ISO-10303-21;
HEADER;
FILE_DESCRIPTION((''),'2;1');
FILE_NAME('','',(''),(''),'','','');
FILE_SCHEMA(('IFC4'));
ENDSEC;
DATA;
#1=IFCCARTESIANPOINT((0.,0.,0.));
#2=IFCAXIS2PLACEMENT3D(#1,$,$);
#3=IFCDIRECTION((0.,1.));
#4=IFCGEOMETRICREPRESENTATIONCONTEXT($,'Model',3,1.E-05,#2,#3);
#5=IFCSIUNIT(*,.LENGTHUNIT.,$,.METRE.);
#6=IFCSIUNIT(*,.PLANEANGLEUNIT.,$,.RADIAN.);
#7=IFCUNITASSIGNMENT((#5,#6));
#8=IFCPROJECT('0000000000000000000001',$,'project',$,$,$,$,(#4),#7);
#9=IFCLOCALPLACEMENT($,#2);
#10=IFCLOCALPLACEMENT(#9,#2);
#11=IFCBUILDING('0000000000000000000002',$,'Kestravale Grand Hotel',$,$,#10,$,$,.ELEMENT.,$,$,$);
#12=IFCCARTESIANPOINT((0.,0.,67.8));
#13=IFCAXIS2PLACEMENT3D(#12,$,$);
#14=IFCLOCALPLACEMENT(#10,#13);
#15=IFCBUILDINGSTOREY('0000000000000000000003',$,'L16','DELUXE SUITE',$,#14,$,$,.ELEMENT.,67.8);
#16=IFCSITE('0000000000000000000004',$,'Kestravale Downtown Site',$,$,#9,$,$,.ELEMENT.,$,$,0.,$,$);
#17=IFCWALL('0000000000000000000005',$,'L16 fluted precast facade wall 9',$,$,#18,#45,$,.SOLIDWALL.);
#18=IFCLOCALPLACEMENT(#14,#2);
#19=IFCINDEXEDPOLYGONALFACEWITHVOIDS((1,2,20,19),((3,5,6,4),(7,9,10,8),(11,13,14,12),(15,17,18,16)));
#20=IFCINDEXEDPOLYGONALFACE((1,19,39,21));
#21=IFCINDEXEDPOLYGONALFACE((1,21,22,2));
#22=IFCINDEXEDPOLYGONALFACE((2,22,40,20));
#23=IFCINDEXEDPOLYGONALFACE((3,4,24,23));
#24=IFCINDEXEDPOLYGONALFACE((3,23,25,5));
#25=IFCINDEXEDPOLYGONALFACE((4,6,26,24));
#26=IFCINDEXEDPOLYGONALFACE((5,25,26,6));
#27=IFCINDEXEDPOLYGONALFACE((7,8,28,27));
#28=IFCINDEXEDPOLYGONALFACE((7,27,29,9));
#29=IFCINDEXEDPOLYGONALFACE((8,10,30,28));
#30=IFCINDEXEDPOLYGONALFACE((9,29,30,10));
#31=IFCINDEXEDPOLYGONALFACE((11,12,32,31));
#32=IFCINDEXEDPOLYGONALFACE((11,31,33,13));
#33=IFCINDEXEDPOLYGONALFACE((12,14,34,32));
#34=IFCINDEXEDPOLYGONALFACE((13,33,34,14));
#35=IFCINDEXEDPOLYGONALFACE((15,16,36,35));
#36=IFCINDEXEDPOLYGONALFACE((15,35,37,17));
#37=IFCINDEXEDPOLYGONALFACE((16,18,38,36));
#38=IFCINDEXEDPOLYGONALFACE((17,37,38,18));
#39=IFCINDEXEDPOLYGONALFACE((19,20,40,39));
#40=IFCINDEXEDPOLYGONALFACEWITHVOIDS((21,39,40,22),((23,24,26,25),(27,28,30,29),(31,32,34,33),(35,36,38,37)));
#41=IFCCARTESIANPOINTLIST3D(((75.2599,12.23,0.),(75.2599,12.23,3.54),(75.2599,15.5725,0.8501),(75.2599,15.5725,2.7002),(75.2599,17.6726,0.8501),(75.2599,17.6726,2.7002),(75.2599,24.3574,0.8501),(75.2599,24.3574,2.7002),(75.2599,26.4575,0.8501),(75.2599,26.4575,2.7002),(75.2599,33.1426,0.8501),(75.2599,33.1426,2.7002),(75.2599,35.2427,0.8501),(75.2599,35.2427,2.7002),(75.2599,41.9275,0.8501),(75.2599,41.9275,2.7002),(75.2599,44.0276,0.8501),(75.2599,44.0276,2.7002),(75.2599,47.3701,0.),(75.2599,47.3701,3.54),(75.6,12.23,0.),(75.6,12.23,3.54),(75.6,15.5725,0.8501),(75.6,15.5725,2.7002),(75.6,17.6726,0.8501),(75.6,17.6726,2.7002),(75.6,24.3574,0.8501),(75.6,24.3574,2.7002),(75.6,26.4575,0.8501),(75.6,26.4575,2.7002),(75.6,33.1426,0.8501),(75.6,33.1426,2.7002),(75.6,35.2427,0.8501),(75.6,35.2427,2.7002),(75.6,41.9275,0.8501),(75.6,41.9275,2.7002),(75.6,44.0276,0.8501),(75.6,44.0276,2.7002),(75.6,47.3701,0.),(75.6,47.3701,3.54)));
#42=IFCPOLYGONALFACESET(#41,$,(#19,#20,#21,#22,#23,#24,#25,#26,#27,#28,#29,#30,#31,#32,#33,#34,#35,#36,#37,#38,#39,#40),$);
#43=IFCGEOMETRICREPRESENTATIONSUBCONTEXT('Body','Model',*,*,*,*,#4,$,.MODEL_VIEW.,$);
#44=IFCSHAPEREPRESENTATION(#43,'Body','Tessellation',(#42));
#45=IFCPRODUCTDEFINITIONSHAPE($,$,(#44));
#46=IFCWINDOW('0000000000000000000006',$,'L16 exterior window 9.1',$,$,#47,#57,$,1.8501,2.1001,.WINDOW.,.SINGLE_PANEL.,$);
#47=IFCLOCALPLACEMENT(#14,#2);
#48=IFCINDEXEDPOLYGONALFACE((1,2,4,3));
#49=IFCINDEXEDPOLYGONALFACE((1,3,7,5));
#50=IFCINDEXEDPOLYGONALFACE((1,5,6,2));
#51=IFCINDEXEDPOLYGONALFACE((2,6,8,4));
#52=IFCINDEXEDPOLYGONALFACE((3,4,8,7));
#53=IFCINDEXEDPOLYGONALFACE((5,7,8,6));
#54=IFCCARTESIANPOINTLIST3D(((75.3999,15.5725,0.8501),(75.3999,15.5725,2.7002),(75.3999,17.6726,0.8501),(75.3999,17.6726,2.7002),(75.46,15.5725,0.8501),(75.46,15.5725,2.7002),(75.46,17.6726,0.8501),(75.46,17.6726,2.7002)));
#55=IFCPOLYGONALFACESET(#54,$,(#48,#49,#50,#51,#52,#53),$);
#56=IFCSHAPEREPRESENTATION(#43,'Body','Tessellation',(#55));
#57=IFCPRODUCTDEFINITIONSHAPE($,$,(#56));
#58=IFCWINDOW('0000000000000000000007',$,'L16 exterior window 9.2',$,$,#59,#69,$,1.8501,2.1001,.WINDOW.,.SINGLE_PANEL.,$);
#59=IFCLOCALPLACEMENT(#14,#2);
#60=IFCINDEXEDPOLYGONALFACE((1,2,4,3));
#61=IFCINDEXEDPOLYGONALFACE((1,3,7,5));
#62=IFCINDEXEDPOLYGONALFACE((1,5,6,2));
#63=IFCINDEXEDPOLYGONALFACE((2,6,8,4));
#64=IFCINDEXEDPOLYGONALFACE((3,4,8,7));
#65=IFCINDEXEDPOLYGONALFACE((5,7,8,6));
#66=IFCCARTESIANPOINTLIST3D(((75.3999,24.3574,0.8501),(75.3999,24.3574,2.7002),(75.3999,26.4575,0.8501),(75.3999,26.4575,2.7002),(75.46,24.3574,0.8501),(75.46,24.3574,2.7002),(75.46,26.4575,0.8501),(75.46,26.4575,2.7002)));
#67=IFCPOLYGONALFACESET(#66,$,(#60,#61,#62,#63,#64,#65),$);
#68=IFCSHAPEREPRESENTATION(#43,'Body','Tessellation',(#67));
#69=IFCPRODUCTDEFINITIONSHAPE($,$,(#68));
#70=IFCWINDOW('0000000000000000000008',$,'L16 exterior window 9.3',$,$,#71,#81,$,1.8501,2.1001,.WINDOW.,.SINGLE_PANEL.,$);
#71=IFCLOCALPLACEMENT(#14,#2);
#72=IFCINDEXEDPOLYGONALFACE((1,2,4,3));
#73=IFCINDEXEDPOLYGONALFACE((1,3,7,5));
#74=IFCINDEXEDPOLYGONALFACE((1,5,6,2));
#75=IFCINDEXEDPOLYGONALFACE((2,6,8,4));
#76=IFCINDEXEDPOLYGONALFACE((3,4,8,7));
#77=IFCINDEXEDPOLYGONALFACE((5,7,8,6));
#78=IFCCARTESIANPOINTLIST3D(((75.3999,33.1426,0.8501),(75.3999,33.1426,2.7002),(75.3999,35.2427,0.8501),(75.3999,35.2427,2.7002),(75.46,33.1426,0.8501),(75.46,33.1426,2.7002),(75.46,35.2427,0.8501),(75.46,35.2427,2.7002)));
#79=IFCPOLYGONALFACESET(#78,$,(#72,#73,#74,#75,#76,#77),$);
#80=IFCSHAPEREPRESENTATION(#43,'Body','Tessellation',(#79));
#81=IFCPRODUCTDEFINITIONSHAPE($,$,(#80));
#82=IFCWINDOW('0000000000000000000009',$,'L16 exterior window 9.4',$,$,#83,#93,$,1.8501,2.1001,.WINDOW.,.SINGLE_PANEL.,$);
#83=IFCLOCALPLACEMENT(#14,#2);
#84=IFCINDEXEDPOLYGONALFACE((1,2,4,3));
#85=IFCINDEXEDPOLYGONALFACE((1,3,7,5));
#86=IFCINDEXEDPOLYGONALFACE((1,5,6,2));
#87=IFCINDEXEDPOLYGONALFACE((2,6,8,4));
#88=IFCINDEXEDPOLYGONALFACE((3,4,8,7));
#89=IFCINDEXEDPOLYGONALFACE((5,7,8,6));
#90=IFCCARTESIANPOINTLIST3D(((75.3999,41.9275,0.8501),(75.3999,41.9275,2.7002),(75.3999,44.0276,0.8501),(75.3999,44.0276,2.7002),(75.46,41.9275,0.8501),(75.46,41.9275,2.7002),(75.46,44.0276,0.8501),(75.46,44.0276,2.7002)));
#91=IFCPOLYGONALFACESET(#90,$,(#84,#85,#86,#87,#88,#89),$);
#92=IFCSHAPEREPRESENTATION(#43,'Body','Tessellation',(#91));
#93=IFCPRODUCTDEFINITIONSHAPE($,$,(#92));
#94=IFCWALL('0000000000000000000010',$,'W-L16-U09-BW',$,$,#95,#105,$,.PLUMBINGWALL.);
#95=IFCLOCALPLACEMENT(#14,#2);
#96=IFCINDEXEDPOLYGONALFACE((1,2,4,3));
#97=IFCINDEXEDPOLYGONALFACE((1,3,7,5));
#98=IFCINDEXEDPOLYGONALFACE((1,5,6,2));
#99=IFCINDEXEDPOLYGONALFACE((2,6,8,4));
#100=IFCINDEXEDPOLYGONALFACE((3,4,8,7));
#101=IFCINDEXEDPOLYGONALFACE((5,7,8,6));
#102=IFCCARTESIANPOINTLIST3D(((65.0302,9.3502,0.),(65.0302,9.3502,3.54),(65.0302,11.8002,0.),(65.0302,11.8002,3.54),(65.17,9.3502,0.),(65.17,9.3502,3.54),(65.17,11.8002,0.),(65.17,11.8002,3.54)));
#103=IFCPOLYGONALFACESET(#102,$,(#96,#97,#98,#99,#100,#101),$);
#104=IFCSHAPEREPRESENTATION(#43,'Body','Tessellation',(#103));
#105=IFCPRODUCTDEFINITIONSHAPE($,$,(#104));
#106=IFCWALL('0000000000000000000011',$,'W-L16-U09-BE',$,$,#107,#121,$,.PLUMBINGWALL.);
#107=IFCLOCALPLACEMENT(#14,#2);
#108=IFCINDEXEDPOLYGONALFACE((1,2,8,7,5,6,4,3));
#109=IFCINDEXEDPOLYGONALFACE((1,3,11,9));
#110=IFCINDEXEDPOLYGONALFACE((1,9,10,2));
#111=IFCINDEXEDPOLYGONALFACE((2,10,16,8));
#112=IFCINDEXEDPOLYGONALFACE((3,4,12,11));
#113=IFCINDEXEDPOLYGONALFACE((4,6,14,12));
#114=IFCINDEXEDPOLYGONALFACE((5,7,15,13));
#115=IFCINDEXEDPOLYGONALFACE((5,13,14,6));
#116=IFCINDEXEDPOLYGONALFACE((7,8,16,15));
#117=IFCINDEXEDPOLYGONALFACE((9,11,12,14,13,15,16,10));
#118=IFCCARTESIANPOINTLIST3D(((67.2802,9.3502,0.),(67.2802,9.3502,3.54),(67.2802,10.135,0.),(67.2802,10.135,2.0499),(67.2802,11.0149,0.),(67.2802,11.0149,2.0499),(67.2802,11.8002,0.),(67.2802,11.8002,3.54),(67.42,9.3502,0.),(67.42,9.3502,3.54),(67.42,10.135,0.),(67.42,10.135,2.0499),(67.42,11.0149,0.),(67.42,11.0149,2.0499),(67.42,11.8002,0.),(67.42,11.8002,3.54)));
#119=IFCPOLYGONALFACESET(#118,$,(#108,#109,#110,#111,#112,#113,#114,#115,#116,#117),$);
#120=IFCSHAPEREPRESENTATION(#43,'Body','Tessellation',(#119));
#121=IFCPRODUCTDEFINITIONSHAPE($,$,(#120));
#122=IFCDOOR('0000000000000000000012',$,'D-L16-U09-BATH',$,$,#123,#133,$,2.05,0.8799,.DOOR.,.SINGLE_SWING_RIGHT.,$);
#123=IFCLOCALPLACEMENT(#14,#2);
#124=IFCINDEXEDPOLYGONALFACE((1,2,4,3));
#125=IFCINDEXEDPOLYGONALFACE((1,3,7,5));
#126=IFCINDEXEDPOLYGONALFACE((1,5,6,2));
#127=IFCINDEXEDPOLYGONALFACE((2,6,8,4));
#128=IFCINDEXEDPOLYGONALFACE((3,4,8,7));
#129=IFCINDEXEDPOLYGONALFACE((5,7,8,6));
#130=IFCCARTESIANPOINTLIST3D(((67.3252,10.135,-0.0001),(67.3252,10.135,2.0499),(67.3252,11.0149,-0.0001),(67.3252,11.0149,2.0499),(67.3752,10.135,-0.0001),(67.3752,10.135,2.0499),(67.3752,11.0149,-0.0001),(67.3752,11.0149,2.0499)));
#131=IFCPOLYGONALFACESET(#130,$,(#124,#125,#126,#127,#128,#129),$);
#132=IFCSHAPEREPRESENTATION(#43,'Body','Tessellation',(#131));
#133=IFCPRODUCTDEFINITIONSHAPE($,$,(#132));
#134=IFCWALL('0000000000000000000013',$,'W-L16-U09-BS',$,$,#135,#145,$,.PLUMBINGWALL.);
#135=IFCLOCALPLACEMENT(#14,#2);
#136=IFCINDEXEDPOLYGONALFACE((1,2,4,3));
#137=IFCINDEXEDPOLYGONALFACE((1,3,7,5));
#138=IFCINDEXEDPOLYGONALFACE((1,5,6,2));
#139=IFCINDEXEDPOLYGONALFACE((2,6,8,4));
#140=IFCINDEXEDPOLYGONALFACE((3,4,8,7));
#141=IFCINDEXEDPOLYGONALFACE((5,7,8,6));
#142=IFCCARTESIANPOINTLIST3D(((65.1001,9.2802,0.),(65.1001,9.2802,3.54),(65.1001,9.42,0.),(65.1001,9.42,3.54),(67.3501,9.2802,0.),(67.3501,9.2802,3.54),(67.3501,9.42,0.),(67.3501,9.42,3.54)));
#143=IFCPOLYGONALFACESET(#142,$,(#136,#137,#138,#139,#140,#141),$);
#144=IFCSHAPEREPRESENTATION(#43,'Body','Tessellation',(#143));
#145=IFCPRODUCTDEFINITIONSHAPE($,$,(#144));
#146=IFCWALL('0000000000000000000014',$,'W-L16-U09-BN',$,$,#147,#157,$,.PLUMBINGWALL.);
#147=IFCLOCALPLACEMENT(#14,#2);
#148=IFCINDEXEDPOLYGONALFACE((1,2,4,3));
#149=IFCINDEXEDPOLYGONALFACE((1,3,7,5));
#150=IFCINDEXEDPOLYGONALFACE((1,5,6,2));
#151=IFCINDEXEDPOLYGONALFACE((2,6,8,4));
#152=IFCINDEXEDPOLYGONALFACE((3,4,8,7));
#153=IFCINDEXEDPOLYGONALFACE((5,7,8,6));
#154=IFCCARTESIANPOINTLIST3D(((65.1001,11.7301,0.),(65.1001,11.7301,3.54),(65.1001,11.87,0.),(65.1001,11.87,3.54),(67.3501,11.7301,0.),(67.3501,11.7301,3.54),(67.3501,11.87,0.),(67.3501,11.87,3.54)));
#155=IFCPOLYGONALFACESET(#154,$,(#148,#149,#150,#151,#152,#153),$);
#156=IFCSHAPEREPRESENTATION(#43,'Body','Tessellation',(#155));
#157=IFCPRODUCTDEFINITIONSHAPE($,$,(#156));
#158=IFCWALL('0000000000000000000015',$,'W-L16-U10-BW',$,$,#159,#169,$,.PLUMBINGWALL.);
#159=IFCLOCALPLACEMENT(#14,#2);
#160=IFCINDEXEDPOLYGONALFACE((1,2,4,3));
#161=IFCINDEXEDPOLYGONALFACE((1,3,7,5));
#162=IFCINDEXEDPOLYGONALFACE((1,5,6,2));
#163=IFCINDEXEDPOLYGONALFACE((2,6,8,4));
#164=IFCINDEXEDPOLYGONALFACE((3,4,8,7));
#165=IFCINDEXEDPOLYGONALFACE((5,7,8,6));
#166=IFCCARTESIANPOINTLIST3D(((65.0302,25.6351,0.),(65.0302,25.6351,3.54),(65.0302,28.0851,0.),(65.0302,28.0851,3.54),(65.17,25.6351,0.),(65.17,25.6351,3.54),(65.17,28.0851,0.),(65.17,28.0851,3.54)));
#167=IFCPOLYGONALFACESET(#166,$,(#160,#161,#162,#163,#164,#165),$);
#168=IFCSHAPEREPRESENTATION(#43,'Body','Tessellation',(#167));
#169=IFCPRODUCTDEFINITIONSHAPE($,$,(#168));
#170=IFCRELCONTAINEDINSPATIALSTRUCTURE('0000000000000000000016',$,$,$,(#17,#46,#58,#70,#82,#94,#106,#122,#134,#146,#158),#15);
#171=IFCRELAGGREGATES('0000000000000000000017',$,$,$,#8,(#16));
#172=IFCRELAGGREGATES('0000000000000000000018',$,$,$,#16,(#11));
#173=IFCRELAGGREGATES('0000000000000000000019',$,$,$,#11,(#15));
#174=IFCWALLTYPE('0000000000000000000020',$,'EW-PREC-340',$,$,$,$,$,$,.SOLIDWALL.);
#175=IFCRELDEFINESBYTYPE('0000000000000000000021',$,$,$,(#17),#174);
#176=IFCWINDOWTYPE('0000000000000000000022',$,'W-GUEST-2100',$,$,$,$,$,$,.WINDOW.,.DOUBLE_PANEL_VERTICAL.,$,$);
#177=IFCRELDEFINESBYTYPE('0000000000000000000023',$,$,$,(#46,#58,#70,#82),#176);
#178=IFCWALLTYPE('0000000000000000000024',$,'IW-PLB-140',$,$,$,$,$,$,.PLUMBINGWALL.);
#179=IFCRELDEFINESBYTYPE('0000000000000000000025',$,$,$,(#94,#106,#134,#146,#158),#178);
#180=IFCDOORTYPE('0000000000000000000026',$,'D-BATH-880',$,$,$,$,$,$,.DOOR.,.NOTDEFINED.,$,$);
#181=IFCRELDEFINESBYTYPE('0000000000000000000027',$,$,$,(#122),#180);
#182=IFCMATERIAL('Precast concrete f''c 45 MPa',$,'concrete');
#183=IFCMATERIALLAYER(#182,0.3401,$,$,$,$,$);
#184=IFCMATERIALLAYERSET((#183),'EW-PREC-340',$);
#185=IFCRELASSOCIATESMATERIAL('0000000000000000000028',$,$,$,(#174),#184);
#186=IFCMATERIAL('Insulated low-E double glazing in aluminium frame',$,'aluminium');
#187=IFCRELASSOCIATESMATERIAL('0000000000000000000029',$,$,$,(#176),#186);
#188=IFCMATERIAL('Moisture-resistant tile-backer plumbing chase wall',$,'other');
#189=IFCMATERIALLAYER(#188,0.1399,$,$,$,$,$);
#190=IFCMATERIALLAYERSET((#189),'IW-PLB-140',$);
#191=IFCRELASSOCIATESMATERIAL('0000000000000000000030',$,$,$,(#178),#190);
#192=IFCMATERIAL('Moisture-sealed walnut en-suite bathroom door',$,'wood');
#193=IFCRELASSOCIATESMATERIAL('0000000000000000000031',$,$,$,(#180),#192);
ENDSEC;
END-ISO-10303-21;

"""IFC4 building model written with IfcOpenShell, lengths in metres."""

from ifc_helpers import new_model, si_unit, direction, frame, frame_2d, origin, place, context, subcontext, project, spatial, rectangle, extrude, material, layer, layer_set, type_object, element, fill, save


model = new_model("IFC4")

# Units and contexts
model_context = context("Model", 3, precision=1e-05, world=origin(), true_north=direction((0.0, 1.0)))
body_context = subcontext(model_context, "Body", "Model", "MODEL_VIEW")
ifc_project = project(units=[si_unit("LENGTHUNIT", "METRE"), si_unit("PLANEANGLEUNIT", "RADIAN")], contexts=[model_context])

# Site, building, storey
site_placement = place(None, origin())
site = spatial("IfcSite", under=ifc_project, at=site_placement, Name="Kestravale Downtown Site", CompositionType="ELEMENT", RefElevation=0.0)
building_placement = place(site_placement, origin())
building = spatial("IfcBuilding", under=site, at=building_placement, Name="Kestravale Grand Hotel", CompositionType="ELEMENT")
storey_placement = place(building_placement, frame((0.0, 0.0, 67.8)))
storey = spatial("IfcBuildingStorey", under=building, at=storey_placement, Name="L16", Description="DELUXE SUITE", CompositionType="ELEMENT", Elevation=67.8)

# Shared definitions
ifc_material_1 = material(Name="Precast concrete f'c 45 MPa", Category="concrete")
ifc_layer_1 = layer(ifc_material_1, 0.3401)
ifc_layer_set_1 = layer_set([ifc_layer_1], Name="EW-PREC-340")
wall_type_1 = type_object("IfcWallType", Name="EW-PREC-340", PredefinedType="SOLIDWALL", material=ifc_layer_set_1)
ifc_material_2 = material(Name="Insulated low-E double glazing in aluminium frame", Category="aluminium")
window_type = type_object("IfcWindowType", Name="W-GUEST-2100", PartitioningType="DOUBLE_PANEL_VERTICAL", PredefinedType="WINDOW", material=ifc_material_2)

# Wall, openings, windows
wall_1_placement = place(storey_placement, frame((75.4299, 12.23, 0.0), z_axis=(0.0, 0.0, 1.0), x_axis=(0.0, 1.0, 0.0)))
wall_1 = element("IfcWall", 1, at=wall_1_placement, inside=storey, type_object=wall_type_1, Name="L16 fluted precast facade wall 9", PredefinedType="SOLIDWALL", context=body_context, shape_type="SweptSolid", body=[
    extrude(rectangle(XDim=35.1401, YDim=0.3401, at=frame_2d((17.5701, 0.0))), origin(), (0.0, 0.0, 1.0), 3.54),
])
opening_1_placement = place(wall_1_placement, frame((3.3425, 0.0, 0.8501)))
opening_1 = element("IfcOpeningElement", 2, at=opening_1_placement, cuts=wall_1, PredefinedType="OPENING", context=body_context, shape_type="SweptSolid", body=[
    extrude(rectangle(XDim=2.1001, YDim=1.8501, at=frame_2d((1.05, 0.925))), frame((0.0, 0.1799, 0.0), z_axis=(0.0, -1.0, 0.0), x_axis=(1.0, 0.0, 0.0)), (0.0, 0.0, 1.0), 0.3601),
])
opening_2_placement = place(wall_1_placement, frame((12.1274, 0.0, 0.8501)))
opening_2 = element("IfcOpeningElement", 3, at=opening_2_placement, cuts=wall_1, PredefinedType="OPENING", context=body_context, shape_type="SweptSolid", body=[
    extrude(rectangle(XDim=2.1001, YDim=1.8501, at=frame_2d((1.05, 0.925))), frame((0.0, 0.1799, 0.0), z_axis=(0.0, -1.0, 0.0), x_axis=(1.0, 0.0, 0.0)), (0.0, 0.0, 1.0), 0.3601),
])
opening_3_placement = place(wall_1_placement, frame((20.9126, 0.0, 0.8501)))
opening_3 = element("IfcOpeningElement", 4, at=opening_3_placement, cuts=wall_1, PredefinedType="OPENING", context=body_context, shape_type="SweptSolid", body=[
    extrude(rectangle(XDim=2.1001, YDim=1.8501, at=frame_2d((1.05, 0.925))), frame((0.0, 0.1799, 0.0), z_axis=(0.0, -1.0, 0.0), x_axis=(1.0, 0.0, 0.0)), (0.0, 0.0, 1.0), 0.3601),
])
opening_4_placement = place(wall_1_placement, frame((29.6975, 0.0, 0.8501)))
opening_4 = element("IfcOpeningElement", 5, at=opening_4_placement, cuts=wall_1, PredefinedType="OPENING", context=body_context, shape_type="SweptSolid", body=[
    extrude(rectangle(XDim=2.1001, YDim=1.8501, at=frame_2d((1.05, 0.925))), frame((0.0, 0.1799, 0.0), z_axis=(0.0, -1.0, 0.0), x_axis=(1.0, 0.0, 0.0)), (0.0, 0.0, 1.0), 0.3601),
])
window_1_placement = place(opening_1_placement, origin())
window_1 = element("IfcWindow", 6, at=window_1_placement, inside=storey, type_object=window_type, Name="L16 exterior window 9.1", OverallHeight=1.8501, OverallWidth=2.1001, PartitioningType="SINGLE_PANEL", PredefinedType="WINDOW", context=body_context, shape_type="SweptSolid", body=[
    extrude(rectangle(XDim=2.1001, YDim=1.8501, at=frame_2d((1.05, 0.925))), frame((0.0, 0.03, 0.0), z_axis=(0.0, -1.0, 0.0), x_axis=(1.0, 0.0, 0.0)), (0.0, 0.0, 1.0), 0.0601),
])
fill(opening_1, window_1)
window_2_placement = place(opening_2_placement, origin())
window_2 = element("IfcWindow", 7, at=window_2_placement, inside=storey, type_object=window_type, Name="L16 exterior window 9.2", OverallHeight=1.8501, OverallWidth=2.1001, PartitioningType="SINGLE_PANEL", PredefinedType="WINDOW", context=body_context, shape_type="SweptSolid", body=[
    extrude(rectangle(XDim=2.1001, YDim=1.8501, at=frame_2d((1.05, 0.925))), frame((0.0, 0.03, 0.0), z_axis=(0.0, -1.0, 0.0), x_axis=(1.0, 0.0, 0.0)), (0.0, 0.0, 1.0), 0.0601),
])
fill(opening_2, window_2)
window_3_placement = place(opening_3_placement, origin())
window_3 = element("IfcWindow", 8, at=window_3_placement, inside=storey, type_object=window_type, Name="L16 exterior window 9.3", OverallHeight=1.8501, OverallWidth=2.1001, PartitioningType="SINGLE_PANEL", PredefinedType="WINDOW", context=body_context, shape_type="SweptSolid", body=[
    extrude(rectangle(XDim=2.1001, YDim=1.8501, at=frame_2d((1.05, 0.925))), frame((0.0, 0.03, 0.0), z_axis=(0.0, -1.0, 0.0), x_axis=(1.0, 0.0, 0.0)), (0.0, 0.0, 1.0), 0.0601),
])
fill(opening_3, window_3)
window_4_placement = place(opening_4_placement, origin())
window_4 = element("IfcWindow", 9, at=window_4_placement, inside=storey, type_object=window_type, Name="L16 exterior window 9.4", OverallHeight=1.8501, OverallWidth=2.1001, PartitioningType="SINGLE_PANEL", PredefinedType="WINDOW", context=body_context, shape_type="SweptSolid", body=[
    extrude(rectangle(XDim=2.1001, YDim=1.8501, at=frame_2d((1.05, 0.925))), frame((0.0, 0.03, 0.0), z_axis=(0.0, -1.0, 0.0), x_axis=(1.0, 0.0, 0.0)), (0.0, 0.0, 1.0), 0.0601),
])
fill(opening_4, window_4)

# Wall
ifc_material_3 = material(Name="Moisture-resistant tile-backer plumbing chase wall", Category="other")
ifc_layer_2 = layer(ifc_material_3, 0.1399)
ifc_layer_set_2 = layer_set([ifc_layer_2], Name="IW-PLB-140")
wall_type_2 = type_object("IfcWallType", Name="IW-PLB-140", PredefinedType="PLUMBINGWALL", material=ifc_layer_set_2)
wall_2_placement = place(storey_placement, frame((65.1001, 9.3501, 0.0), z_axis=(0.0, 0.0, 1.0), x_axis=(0.0, 1.0, 0.0)))
element("IfcWall", 10, at=wall_2_placement, inside=storey, type_object=wall_type_2, Name="W-L16-U09-BW", PredefinedType="PLUMBINGWALL", context=body_context, shape_type="SweptSolid", body=[
    extrude(rectangle(XDim=2.45, YDim=0.1399, at=frame_2d((1.2251, 0.0))), origin(), (0.0, 0.0, 1.0), 3.54),
])

# Wall, opening, door
wall_3_placement = place(storey_placement, frame((67.3501, 9.3501, 0.0), z_axis=(0.0, 0.0, 1.0), x_axis=(0.0, 1.0, 0.0)))
wall_3 = element("IfcWall", 11, at=wall_3_placement, inside=storey, type_object=wall_type_2, Name="W-L16-U09-BE", PredefinedType="PLUMBINGWALL", context=body_context, shape_type="SweptSolid", body=[
    extrude(rectangle(XDim=2.45, YDim=0.1399, at=frame_2d((1.2251, 0.0))), origin(), (0.0, 0.0, 1.0), 3.54),
])
opening_5_placement = place(wall_3_placement, frame((0.7849, 0.0, 0.0)))
opening_5 = element("IfcOpeningElement", 12, at=opening_5_placement, cuts=wall_3, PredefinedType="OPENING", context=body_context, shape_type="SweptSolid", body=[
    extrude(rectangle(XDim=0.8799, YDim=2.05, at=frame_2d((0.4399, 1.0249))), frame((0.0, 0.0798, 0.0), z_axis=(0.0, -1.0, 0.0), x_axis=(1.0, 0.0, 0.0)), (0.0, 0.0, 1.0), 0.1599),
])
ifc_material_4 = material(Name="Moisture-sealed walnut en-suite bathroom door", Category="wood")
door_type = type_object("IfcDoorType", Name="D-BATH-880", OperationType="NOTDEFINED", PredefinedType="DOOR", material=ifc_material_4)
door_1_placement = place(opening_5_placement, origin())
door_1 = element("IfcDoor", 13, at=door_1_placement, inside=storey, type_object=door_type, Name="D-L16-U09-BATH", OperationType="SINGLE_SWING_RIGHT", OverallHeight=2.05, OverallWidth=0.8799, PredefinedType="DOOR", context=body_context, shape_type="SweptSolid", body=[
    extrude(rectangle(XDim=0.8799, YDim=2.05, at=frame_2d((0.4399, 1.0249))), frame((0.0, 0.0249, 0.0), z_axis=(0.0, -1.0, 0.0), x_axis=(1.0, 0.0, 0.0)), (0.0, 0.0, 1.0), 0.05),
])
fill(opening_5, door_1)

# Walls
for number, where, z_axis, x_axis, name in (
    (14, (65.1001, 9.3501, 0.0), (0.0, 0.0, 1.0), (1.0, 0.0, 0.0), "W-L16-U09-BS"),
    (15, (65.1001, 11.8, 0.0), (0.0, 0.0, 1.0), (1.0, 0.0, 0.0), "W-L16-U09-BN"),
):
    element("IfcWall", number, at=place(storey_placement, frame(where, z_axis=z_axis, x_axis=x_axis)), inside=storey, type_object=wall_type_2, Name=name, PredefinedType="PLUMBINGWALL", context=body_context, shape_type="SweptSolid", body=[
        extrude(rectangle(XDim=2.25, YDim=0.1399, at=frame_2d((1.125, 0.0))), origin(), (0.0, 0.0, 1.0), 3.54),
    ])
wall_4_placement = place(storey_placement, frame((65.1001, 25.635, 0.0), z_axis=(0.0, 0.0, 1.0), x_axis=(0.0, 1.0, 0.0)))
element("IfcWall", 16, at=wall_4_placement, inside=storey, type_object=wall_type_2, Name="W-L16-U10-BW", PredefinedType="PLUMBINGWALL", context=body_context, shape_type="SweptSolid", body=[
    extrude(rectangle(XDim=2.45, YDim=0.1399, at=frame_2d((1.2251, 0.0))), origin(), (0.0, 0.0, 1.0), 3.54),
])

save(model, "model.ifc")
